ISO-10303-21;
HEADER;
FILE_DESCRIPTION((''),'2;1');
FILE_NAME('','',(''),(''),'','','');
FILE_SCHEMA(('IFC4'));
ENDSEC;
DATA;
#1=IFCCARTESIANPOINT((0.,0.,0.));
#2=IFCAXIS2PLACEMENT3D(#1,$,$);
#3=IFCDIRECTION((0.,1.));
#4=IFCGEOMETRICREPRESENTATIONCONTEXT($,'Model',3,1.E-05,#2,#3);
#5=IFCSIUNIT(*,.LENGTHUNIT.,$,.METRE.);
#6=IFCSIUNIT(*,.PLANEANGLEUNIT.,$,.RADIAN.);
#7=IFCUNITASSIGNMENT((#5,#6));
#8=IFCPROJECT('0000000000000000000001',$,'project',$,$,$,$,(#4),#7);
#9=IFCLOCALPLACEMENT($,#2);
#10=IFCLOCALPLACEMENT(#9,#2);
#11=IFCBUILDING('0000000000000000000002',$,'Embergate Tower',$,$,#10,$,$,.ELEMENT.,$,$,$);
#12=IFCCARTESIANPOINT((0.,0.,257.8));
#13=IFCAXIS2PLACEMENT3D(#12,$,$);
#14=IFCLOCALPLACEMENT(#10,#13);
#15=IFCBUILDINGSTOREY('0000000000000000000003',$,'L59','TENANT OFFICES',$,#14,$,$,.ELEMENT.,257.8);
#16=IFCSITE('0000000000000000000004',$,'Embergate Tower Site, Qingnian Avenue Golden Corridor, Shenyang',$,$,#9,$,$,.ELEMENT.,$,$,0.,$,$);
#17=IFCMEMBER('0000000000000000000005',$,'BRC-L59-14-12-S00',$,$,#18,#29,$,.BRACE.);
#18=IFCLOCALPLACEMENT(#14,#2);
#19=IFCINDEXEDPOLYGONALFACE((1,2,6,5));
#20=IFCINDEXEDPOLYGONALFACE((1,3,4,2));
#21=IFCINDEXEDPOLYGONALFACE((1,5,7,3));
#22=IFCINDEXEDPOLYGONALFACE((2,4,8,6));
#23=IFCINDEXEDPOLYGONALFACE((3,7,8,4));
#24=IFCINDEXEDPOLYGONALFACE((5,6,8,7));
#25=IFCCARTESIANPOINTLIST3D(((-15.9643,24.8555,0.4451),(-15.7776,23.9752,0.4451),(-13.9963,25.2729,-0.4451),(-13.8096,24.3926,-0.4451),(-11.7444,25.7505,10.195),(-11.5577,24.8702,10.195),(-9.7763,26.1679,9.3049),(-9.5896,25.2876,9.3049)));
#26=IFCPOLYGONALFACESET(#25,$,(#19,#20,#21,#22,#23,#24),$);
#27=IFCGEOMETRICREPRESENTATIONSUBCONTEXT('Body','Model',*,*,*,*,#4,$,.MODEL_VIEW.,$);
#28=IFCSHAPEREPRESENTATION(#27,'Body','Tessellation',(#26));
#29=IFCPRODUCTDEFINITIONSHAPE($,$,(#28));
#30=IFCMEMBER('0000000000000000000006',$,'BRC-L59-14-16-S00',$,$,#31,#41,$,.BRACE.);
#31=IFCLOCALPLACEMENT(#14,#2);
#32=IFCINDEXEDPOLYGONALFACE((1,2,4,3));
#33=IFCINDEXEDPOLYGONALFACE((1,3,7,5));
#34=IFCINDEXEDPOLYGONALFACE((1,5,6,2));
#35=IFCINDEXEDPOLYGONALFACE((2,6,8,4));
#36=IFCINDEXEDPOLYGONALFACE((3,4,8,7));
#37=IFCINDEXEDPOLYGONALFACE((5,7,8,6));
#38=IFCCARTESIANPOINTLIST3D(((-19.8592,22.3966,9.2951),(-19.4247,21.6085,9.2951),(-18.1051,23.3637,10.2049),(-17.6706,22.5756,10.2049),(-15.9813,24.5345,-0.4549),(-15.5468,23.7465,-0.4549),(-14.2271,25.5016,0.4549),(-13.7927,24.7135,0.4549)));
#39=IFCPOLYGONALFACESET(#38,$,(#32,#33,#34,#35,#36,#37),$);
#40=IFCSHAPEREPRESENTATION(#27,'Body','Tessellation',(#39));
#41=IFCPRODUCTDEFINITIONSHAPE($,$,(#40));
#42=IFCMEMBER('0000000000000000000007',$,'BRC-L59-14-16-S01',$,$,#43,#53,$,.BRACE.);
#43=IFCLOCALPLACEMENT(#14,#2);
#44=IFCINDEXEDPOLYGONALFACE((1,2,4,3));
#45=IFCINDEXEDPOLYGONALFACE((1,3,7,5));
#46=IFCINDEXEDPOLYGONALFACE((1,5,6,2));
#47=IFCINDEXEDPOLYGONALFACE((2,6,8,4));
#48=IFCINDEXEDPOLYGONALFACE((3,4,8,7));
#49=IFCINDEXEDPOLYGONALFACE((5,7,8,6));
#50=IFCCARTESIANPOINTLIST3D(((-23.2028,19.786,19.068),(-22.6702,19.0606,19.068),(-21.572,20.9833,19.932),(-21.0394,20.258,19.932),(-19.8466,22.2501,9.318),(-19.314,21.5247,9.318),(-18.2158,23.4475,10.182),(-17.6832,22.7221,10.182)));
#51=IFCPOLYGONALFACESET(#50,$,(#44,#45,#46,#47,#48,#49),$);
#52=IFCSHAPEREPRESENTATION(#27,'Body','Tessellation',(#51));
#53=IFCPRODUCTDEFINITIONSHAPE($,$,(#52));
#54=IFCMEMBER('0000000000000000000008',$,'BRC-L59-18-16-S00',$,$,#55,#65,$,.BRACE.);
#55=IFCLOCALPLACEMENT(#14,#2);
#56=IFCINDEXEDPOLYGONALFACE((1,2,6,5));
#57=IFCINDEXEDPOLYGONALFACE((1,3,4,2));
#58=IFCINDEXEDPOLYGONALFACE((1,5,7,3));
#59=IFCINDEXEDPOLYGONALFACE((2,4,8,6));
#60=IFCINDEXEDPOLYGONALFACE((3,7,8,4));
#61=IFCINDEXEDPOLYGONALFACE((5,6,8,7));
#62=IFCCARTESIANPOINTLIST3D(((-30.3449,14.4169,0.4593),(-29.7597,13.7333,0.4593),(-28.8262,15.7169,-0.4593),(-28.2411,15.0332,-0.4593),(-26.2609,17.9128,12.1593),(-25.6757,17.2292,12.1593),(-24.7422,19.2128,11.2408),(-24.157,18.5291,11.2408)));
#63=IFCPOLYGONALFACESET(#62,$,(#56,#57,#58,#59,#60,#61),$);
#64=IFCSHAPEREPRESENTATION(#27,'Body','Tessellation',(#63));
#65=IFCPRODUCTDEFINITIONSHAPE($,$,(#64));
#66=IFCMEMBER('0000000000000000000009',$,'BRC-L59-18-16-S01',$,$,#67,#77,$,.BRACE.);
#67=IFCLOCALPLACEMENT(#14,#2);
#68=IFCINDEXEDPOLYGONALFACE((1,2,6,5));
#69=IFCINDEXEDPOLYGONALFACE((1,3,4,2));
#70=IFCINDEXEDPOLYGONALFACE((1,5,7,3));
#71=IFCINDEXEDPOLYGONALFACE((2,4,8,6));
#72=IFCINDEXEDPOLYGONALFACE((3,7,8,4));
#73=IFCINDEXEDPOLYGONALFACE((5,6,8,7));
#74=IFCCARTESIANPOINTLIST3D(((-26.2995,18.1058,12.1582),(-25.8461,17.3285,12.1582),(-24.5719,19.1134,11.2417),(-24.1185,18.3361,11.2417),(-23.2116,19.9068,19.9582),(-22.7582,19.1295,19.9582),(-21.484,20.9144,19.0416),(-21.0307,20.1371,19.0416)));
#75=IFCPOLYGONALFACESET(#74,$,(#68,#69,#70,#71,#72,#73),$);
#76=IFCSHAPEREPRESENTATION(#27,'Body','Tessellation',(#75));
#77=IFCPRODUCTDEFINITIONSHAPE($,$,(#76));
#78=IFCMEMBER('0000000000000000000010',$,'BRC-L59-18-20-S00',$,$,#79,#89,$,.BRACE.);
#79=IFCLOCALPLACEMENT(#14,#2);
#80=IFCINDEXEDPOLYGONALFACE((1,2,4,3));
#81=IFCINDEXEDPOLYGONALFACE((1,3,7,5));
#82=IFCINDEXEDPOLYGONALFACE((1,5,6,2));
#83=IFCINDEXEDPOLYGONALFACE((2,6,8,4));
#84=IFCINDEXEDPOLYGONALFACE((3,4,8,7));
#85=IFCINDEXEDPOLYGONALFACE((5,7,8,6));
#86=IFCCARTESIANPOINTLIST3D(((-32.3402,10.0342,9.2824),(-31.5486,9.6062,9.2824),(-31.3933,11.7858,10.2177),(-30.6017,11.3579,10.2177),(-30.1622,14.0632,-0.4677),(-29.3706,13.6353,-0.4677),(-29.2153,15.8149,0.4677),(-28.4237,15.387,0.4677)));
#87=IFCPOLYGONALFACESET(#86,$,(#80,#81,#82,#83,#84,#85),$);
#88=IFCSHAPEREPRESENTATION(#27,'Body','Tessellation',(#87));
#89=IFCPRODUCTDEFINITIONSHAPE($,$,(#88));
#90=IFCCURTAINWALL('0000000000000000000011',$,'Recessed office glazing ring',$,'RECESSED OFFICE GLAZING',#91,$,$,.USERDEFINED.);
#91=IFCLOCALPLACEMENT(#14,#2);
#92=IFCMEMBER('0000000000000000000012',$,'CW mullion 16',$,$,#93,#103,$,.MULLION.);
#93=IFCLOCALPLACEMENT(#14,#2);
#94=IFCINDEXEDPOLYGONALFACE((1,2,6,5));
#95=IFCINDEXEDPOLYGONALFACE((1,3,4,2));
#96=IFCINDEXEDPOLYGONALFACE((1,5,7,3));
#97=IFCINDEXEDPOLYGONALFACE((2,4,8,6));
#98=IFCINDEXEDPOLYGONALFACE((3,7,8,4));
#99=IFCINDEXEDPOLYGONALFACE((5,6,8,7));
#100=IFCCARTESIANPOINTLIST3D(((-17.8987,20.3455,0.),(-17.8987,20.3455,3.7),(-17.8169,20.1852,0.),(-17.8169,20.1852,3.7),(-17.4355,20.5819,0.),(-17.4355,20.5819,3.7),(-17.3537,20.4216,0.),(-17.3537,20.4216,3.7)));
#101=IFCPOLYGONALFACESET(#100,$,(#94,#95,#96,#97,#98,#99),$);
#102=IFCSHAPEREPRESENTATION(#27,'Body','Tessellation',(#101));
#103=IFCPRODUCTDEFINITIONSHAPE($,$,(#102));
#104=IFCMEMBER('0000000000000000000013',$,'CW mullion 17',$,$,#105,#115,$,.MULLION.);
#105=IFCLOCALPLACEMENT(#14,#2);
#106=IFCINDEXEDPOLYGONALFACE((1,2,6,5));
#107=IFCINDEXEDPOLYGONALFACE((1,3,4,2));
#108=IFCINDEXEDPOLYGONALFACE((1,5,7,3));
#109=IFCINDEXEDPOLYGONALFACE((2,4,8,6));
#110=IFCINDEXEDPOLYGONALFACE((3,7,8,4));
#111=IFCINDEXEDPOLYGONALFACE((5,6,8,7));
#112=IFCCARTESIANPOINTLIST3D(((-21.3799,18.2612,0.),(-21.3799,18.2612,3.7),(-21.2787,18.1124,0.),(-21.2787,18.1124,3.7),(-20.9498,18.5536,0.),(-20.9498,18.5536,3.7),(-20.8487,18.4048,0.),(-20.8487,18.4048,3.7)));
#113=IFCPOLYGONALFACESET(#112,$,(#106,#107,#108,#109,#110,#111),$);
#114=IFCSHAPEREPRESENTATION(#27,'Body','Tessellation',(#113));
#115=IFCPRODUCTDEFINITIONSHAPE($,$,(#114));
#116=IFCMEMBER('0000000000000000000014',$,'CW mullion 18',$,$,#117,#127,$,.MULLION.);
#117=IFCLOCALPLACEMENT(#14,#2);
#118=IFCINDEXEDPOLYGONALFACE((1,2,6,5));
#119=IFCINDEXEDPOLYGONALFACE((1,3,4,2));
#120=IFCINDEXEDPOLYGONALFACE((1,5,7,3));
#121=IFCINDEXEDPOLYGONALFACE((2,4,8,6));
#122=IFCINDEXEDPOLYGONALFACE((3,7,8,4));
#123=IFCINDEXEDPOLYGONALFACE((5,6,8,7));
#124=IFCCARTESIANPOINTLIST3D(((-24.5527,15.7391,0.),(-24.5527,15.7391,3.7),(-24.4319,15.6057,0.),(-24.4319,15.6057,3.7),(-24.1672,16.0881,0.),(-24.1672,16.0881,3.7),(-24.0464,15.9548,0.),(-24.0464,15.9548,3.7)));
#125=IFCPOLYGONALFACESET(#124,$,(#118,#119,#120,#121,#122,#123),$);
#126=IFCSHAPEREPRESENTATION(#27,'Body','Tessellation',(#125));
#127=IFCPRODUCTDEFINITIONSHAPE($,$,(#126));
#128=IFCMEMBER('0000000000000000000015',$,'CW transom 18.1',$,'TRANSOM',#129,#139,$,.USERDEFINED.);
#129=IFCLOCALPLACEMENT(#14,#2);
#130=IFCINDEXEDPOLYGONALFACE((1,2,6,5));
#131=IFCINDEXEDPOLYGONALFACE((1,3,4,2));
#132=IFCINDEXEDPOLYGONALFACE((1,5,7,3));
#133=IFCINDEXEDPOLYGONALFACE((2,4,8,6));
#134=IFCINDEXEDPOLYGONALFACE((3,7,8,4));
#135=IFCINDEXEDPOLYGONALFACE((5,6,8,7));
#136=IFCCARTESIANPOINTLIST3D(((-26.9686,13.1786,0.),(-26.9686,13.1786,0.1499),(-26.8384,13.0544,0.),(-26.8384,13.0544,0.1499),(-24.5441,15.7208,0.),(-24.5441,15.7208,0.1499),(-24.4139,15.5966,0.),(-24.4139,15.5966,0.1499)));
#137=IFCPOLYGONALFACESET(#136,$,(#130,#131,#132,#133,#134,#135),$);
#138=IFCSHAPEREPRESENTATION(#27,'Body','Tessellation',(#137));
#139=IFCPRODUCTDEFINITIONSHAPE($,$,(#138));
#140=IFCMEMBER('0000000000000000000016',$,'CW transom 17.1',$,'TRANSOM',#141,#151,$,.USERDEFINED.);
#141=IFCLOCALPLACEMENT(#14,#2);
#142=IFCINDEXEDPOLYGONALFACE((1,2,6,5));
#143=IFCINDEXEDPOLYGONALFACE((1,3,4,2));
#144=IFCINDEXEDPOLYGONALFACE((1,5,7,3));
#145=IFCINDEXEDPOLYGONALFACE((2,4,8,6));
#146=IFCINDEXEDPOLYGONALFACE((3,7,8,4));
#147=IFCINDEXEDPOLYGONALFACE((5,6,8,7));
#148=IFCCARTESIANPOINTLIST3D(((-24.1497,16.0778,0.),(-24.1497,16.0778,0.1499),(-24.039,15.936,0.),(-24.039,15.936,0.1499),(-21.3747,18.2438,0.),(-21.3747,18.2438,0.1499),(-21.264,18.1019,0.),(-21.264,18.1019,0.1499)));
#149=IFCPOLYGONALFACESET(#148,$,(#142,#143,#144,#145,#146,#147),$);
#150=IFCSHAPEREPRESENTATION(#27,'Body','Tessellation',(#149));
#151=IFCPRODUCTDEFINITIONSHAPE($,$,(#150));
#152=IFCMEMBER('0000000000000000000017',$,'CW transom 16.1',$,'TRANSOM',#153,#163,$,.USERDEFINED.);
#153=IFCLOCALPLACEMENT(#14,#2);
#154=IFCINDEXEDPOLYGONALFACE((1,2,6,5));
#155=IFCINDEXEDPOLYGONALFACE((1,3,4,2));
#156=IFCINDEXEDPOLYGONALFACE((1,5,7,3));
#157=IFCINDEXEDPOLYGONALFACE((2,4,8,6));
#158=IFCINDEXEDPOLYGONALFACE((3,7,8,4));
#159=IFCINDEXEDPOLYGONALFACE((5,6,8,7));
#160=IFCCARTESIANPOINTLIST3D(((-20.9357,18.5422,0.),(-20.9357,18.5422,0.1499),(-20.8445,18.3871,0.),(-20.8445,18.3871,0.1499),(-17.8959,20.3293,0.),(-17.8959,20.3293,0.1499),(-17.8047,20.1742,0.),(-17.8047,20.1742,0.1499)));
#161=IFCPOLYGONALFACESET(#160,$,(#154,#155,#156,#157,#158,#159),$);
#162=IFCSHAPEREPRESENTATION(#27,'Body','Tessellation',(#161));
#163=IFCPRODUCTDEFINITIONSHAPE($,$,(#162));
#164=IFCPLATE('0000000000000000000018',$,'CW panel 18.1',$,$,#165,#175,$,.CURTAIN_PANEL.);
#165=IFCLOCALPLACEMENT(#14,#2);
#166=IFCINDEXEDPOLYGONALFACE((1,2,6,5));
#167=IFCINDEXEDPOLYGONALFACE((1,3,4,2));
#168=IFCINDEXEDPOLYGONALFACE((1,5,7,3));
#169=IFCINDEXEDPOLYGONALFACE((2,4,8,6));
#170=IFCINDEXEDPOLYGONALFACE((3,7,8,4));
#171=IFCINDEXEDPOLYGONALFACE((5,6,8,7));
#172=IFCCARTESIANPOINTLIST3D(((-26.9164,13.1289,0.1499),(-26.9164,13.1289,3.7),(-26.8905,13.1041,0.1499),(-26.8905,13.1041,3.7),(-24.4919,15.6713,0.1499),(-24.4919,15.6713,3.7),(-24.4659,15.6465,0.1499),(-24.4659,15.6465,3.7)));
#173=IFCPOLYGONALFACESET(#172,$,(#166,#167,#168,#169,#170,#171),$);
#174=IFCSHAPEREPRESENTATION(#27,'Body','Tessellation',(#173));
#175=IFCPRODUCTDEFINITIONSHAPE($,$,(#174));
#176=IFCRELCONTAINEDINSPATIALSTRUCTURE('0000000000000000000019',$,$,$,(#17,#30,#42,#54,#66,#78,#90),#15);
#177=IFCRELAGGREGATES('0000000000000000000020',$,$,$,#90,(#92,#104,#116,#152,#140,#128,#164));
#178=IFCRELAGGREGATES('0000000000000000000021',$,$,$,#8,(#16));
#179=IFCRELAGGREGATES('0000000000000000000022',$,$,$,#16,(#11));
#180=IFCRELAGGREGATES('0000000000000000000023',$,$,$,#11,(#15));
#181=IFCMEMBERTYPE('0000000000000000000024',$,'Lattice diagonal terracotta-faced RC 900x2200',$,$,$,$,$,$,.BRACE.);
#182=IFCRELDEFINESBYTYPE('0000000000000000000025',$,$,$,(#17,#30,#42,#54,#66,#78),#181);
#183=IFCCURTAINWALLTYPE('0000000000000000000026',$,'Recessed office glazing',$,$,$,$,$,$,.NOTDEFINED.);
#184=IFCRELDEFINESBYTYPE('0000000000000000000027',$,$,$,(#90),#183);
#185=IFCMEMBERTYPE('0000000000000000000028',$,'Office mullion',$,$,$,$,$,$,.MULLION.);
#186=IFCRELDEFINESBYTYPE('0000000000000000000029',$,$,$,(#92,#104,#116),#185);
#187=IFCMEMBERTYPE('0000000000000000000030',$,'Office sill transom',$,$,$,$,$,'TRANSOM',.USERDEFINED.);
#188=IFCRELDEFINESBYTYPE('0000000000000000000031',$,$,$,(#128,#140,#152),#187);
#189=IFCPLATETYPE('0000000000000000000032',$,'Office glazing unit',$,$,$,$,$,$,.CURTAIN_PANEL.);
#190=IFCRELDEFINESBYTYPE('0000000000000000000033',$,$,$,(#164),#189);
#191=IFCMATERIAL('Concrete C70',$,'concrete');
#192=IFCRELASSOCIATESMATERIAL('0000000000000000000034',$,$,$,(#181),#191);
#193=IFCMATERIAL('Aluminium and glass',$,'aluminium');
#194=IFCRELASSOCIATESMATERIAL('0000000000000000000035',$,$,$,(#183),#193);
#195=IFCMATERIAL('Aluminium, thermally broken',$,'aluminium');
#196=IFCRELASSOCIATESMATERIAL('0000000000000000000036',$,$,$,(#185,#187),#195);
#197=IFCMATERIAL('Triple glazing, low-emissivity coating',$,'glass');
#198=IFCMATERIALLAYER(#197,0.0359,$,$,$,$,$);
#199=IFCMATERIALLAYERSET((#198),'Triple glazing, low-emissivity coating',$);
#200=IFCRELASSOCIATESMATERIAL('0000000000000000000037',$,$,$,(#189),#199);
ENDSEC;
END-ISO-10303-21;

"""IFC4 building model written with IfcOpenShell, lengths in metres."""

from ifc_helpers import new_model, si_unit, direction, frame, origin, origin_2d, place, context, subcontext, project, spatial, rectangle, extrude, source, transform, mapped, material, layer, layer_set, material_profile, profile_set, type_object, element, aggregate, save


model = new_model("IFC4")

# Units and contexts
model_context = context("Model", 3, precision=1e-05, world=origin(), true_north=direction((0.0, 1.0)))
body_context = subcontext(model_context, "Body", "Model", "MODEL_VIEW")
ifc_project = project(units=[si_unit("LENGTHUNIT", "METRE"), si_unit("PLANEANGLEUNIT", "RADIAN")], contexts=[model_context])

# Site, building, storey
site_placement = place(None, origin())
site = spatial("IfcSite", under=ifc_project, at=site_placement, Name="Embergate Tower Site, Qingnian Avenue Golden Corridor, Shenyang", CompositionType="ELEMENT", RefElevation=0.0)
building_placement = place(site_placement, origin())
building = spatial("IfcBuilding", under=site, at=building_placement, Name="Embergate Tower", CompositionType="ELEMENT")
storey_placement = place(building_placement, frame((0.0, 0.0, 257.8)))
storey = spatial("IfcBuildingStorey", under=building, at=storey_placement, Name="L59", Description="TENANT OFFICES", CompositionType="ELEMENT", Elevation=257.8)

# Members
ifc_material_1 = material(Name="Concrete C70", Category="concrete")
ifc_material_profile_1 = material_profile(ifc_material_1, rectangle(XDim=0.8999, YDim=2.2, at=origin_2d()), Name="RC 900x2200")
ifc_profile_set_1 = profile_set([ifc_material_profile_1], Name="Concrete C70")
member_type_1 = type_object("IfcMemberType", Name="Lattice diagonal terracotta-faced RC 900x2200", PredefinedType="BRACE", material=ifc_profile_set_1)
shared_shape_1 = source(origin(), body_context, "Body", "SweptSolid", [
    extrude(rectangle(XDim=0.8999, YDim=2.2, at=origin_2d()), origin(), (0.0, 0.0, 1.0), 10.6616),
])
member_1_placement = place(storey_placement, frame((-14.887, 24.624, 0.0), z_axis=(0.395807, 0.083947, 0.914489), x_axis=(-0.207476, 0.97824, 0.0)))
element("IfcMember", 1, at=member_1_placement, inside=storey, type_object=member_type_1, Name="BRC-L59-14-12-S00", PredefinedType="BRACE", context=body_context, shape_type="MappedRepresentation", body=[
    mapped(shared_shape_1, transform((0.0, 0.0, 0.0))),
])
shared_shape_2 = source(origin(), body_context, "Body", "SweptSolid", [
    extrude(rectangle(XDim=0.8999, YDim=2.2, at=origin_2d()), origin(), (0.0, 0.0, 1.0), 10.7085),
])
member_2_placement = place(storey_placement, frame((-14.887, 24.624, 0.0), z_axis=(-0.362136, -0.199649, 0.910493), x_axis=(0.482799, -0.875731, 0.0)))
element("IfcMember", 2, at=member_2_placement, inside=storey, type_object=member_type_1, Name="BRC-L59-14-16-S00", PredefinedType="BRACE", context=body_context, shape_type="MappedRepresentation", body=[
    mapped(shared_shape_2, transform((0.0, 0.0, 0.0))),
])
shared_shape_3 = source(origin(), body_context, "Body", "SweptSolid", [
    extrude(rectangle(XDim=0.8999, YDim=2.2, at=origin_2d()), origin(), (0.0, 0.0, 1.0), 10.6018),
])
member_3_placement = place(storey_placement, frame((-18.7649, 22.4861, 9.75), z_axis=(-0.316569, -0.232424, 0.919654), x_axis=(0.591816, -0.806073, 0.0)))
element("IfcMember", 3, at=member_3_placement, inside=storey, type_object=member_type_1, Name="BRC-L59-14-16-S01", PredefinedType="BRACE", context=body_context, shape_type="MappedRepresentation", body=[
    mapped(shared_shape_3, transform((0.0, 0.0, 0.0))),
])
shared_shape_4 = source(origin(), body_context, "Body", "SweptSolid", [
    extrude(rectangle(XDim=0.8999, YDim=2.2, at=origin_2d()), origin(), (0.0, 0.0, 1.0), 12.876),
])
member_4_placement = place(storey_placement, frame((-29.293, 14.7251, 0.0), z_axis=(0.317181, 0.271503, 0.908671), x_axis=(-0.650286, 0.759689, 0.0)))
element("IfcMember", 4, at=member_4_placement, inside=storey, type_object=member_type_1, Name="BRC-L59-18-16-S00", PredefinedType="BRACE", context=body_context, shape_type="MappedRepresentation", body=[
    mapped(shared_shape_4, transform((0.0, 0.0, 0.0))),
])
shared_shape_5 = source(origin(), body_context, "Body", "SweptSolid", [
    extrude(rectangle(XDim=0.8999, YDim=2.2, at=origin_2d()), origin(), (0.0, 0.0, 1.0), 8.5801),
])
member_5_placement = place(storey_placement, frame((-25.209, 18.2209, 11.7), z_axis=(0.359886, 0.209905, 0.909077), x_axis=(-0.50382, 0.863809, 0.0)))
element("IfcMember", 5, at=member_5_placement, inside=storey, type_object=member_type_1, Name="BRC-L59-18-16-S01", PredefinedType="BRACE", context=body_context, shape_type="MappedRepresentation", body=[
    mapped(shared_shape_5, transform((0.0, 0.0, 0.0))),
])
shared_shape_6 = source(origin(), body_context, "Body", "SweptSolid", [
    extrude(rectangle(XDim=0.8999, YDim=2.2, at=origin_2d()), origin(), (0.0, 0.0, 1.0), 10.7722),
])
member_6_placement = place(storey_placement, frame((-29.293, 14.7251, 0.0), z_axis=(-0.202186, -0.374025, 0.905111), x_axis=(0.879696, -0.475536, 0.0)))
element("IfcMember", 6, at=member_6_placement, inside=storey, type_object=member_type_1, Name="BRC-L59-18-20-S00", PredefinedType="BRACE", context=body_context, shape_type="MappedRepresentation", body=[
    mapped(shared_shape_6, transform((0.0, 0.0, 0.0))),
])

# Curtain wall, members, plate
ifc_material_2 = material(Name="Aluminium and glass", Category="aluminium")
curtain_wall_type = type_object("IfcCurtainWallType", Name="Recessed office glazing", PredefinedType="NOTDEFINED", material=ifc_material_2)
curtain_wall_placement = place(storey_placement, origin())
curtain_wall = element("IfcCurtainWall", 7, at=curtain_wall_placement, inside=storey, type_object=curtain_wall_type, Name="Recessed office glazing ring", ObjectType="RECESSED OFFICE GLAZING", PredefinedType="USERDEFINED")
ifc_material_3 = material(Name="Aluminium, thermally broken", Category="aluminium")
ifc_material_profile_2 = material_profile(ifc_material_3, rectangle(XDim=0.1799, YDim=0.52, at=origin_2d()), Name="AL 520x180")
ifc_profile_set_2 = profile_set([ifc_material_profile_2], Name="Aluminium, thermally broken")
member_type_2 = type_object("IfcMemberType", Name="Office mullion", PredefinedType="MULLION", material=ifc_profile_set_2)
shared_shape_7 = source(origin(), body_context, "Body", "SweptSolid", [
    extrude(rectangle(XDim=0.1799, YDim=0.52, at=origin_2d()), origin(), (0.0, 0.0, 1.0), 3.7),
])
member_7_placement = place(storey_placement, frame((-17.6262, 20.3835, 0.0), z_axis=(0.0, 0.0, 1.0), x_axis=(0.454505, -0.890744, 0.0)))
member_7 = element("IfcMember", 8, at=member_7_placement, type_object=member_type_2, Name="CW mullion 16", PredefinedType="MULLION", context=body_context, shape_type="MappedRepresentation", body=[
    mapped(shared_shape_7, transform((0.0, 0.0, 0.0))),
])
member_8_placement = place(storey_placement, frame((-21.1143, 18.333, 0.0), z_axis=(0.0, 0.0, 1.0), x_axis=(0.562209, -0.826995, 0.0)))
member_8 = element("IfcMember", 9, at=member_8_placement, type_object=member_type_2, Name="CW mullion 17", PredefinedType="MULLION", context=body_context, shape_type="MappedRepresentation", body=[
    mapped(shared_shape_7, transform((0.0, 0.0, 0.0))),
])
member_9_placement = place(storey_placement, frame((-24.2996, 15.8469, 0.0), z_axis=(0.0, 0.0, 1.0), x_axis=(0.671217, -0.74126, 0.0)))
member_9 = element("IfcMember", 10, at=member_9_placement, type_object=member_type_2, Name="CW mullion 18", PredefinedType="MULLION", context=body_context, shape_type="MappedRepresentation", body=[
    mapped(shared_shape_7, transform((0.0, 0.0, 0.0))),
])
ifc_material_profile_3 = material_profile(ifc_material_3, rectangle(XDim=0.1799, YDim=0.1499, at=origin_2d()), Name="AL 150x180")
ifc_profile_set_3 = profile_set([ifc_material_profile_3], Name="Aluminium, thermally broken")
member_type_3 = type_object("IfcMemberType", Name="Office sill transom", ElementType="TRANSOM", PredefinedType="USERDEFINED", material=ifc_profile_set_3)
shared_shape_8 = source(origin(), body_context, "Body", "SweptSolid", [
    extrude(rectangle(XDim=0.1799, YDim=0.1499, at=origin_2d()), origin(), (0.0, 0.0, 1.0), 3.5129),
])
member_10_placement = place(storey_placement, frame((-24.479, 15.6587, 0.075), z_axis=(-0.69016, -0.723657, 0.0), x_axis=(0.723657, -0.69016, 0.0)))
member_10 = element("IfcMember", 11, at=member_10_placement, type_object=member_type_3, Name="CW transom 18.1", ObjectType="TRANSOM", PredefinedType="USERDEFINED", context=body_context, shape_type="MappedRepresentation", body=[
    mapped(shared_shape_8, transform((0.0, 0.0, 0.0))),
])
shared_shape_9 = source(origin(), body_context, "Body", "SweptSolid", [
    extrude(rectangle(XDim=0.1799, YDim=0.1499, at=origin_2d()), origin(), (0.0, 0.0, 1.0), 3.5203),
])
member_11_placement = place(storey_placement, frame((-21.3193, 18.1729, 0.075), z_axis=(-0.788309, -0.615279, 0.0), x_axis=(0.615279, -0.788309, 0.0)))
member_11 = element("IfcMember", 12, at=member_11_placement, type_object=member_type_3, Name="CW transom 17.1", ObjectType="TRANSOM", PredefinedType="USERDEFINED", context=body_context, shape_type="MappedRepresentation", body=[
    mapped(shared_shape_9, transform((0.0, 0.0, 0.0))),
])
shared_shape_10 = source(origin(), body_context, "Body", "SweptSolid", [
    extrude(rectangle(XDim=0.1799, YDim=0.1499, at=origin_2d()), origin(), (0.0, 0.0, 1.0), 3.5261),
])
member_12_placement = place(storey_placement, frame((-17.8503, 20.2517, 0.075), z_axis=(-0.862059, -0.506808, 0.0), x_axis=(0.506808, -0.862059, 0.0)))
member_12 = element("IfcMember", 13, at=member_12_placement, type_object=member_type_3, Name="CW transom 16.1", ObjectType="TRANSOM", PredefinedType="USERDEFINED", context=body_context, shape_type="MappedRepresentation", body=[
    mapped(shared_shape_10, transform((0.0, 0.0, 0.0))),
])
ifc_material_4 = material(Name="Triple glazing, low-emissivity coating", Category="glass")
ifc_layer_1 = layer(ifc_material_4, 0.0359)
ifc_layer_set_1 = layer_set([ifc_layer_1], Name="Triple glazing, low-emissivity coating")
plate_type = type_object("IfcPlateType", Name="Office glazing unit", PredefinedType="CURTAIN_PANEL", material=ifc_layer_set_1)
shared_shape_11 = source(origin(), body_context, "Body", "SweptSolid", [
    extrude(rectangle(XDim=3.5132, YDim=0.0359, at=origin_2d()), origin(), (0.0, 0.0, 1.0), 3.55),
])
plate_1_placement = place(storey_placement, frame((-25.6912, 14.3877, 0.1499), z_axis=(0.0, 0.0, 1.0), x_axis=(-0.690138, -0.723678, 0.0)))
plate_1 = element("IfcPlate", 14, at=plate_1_placement, type_object=plate_type, Name="CW panel 18.1", PredefinedType="CURTAIN_PANEL", context=body_context, shape_type="MappedRepresentation", body=[
    mapped(shared_shape_11, transform((0.0, 0.0, 0.0))),
])
aggregate(curtain_wall, [member_7, member_8, member_9, member_12, member_11, member_10, plate_1])

save(model, "model.ifc")
